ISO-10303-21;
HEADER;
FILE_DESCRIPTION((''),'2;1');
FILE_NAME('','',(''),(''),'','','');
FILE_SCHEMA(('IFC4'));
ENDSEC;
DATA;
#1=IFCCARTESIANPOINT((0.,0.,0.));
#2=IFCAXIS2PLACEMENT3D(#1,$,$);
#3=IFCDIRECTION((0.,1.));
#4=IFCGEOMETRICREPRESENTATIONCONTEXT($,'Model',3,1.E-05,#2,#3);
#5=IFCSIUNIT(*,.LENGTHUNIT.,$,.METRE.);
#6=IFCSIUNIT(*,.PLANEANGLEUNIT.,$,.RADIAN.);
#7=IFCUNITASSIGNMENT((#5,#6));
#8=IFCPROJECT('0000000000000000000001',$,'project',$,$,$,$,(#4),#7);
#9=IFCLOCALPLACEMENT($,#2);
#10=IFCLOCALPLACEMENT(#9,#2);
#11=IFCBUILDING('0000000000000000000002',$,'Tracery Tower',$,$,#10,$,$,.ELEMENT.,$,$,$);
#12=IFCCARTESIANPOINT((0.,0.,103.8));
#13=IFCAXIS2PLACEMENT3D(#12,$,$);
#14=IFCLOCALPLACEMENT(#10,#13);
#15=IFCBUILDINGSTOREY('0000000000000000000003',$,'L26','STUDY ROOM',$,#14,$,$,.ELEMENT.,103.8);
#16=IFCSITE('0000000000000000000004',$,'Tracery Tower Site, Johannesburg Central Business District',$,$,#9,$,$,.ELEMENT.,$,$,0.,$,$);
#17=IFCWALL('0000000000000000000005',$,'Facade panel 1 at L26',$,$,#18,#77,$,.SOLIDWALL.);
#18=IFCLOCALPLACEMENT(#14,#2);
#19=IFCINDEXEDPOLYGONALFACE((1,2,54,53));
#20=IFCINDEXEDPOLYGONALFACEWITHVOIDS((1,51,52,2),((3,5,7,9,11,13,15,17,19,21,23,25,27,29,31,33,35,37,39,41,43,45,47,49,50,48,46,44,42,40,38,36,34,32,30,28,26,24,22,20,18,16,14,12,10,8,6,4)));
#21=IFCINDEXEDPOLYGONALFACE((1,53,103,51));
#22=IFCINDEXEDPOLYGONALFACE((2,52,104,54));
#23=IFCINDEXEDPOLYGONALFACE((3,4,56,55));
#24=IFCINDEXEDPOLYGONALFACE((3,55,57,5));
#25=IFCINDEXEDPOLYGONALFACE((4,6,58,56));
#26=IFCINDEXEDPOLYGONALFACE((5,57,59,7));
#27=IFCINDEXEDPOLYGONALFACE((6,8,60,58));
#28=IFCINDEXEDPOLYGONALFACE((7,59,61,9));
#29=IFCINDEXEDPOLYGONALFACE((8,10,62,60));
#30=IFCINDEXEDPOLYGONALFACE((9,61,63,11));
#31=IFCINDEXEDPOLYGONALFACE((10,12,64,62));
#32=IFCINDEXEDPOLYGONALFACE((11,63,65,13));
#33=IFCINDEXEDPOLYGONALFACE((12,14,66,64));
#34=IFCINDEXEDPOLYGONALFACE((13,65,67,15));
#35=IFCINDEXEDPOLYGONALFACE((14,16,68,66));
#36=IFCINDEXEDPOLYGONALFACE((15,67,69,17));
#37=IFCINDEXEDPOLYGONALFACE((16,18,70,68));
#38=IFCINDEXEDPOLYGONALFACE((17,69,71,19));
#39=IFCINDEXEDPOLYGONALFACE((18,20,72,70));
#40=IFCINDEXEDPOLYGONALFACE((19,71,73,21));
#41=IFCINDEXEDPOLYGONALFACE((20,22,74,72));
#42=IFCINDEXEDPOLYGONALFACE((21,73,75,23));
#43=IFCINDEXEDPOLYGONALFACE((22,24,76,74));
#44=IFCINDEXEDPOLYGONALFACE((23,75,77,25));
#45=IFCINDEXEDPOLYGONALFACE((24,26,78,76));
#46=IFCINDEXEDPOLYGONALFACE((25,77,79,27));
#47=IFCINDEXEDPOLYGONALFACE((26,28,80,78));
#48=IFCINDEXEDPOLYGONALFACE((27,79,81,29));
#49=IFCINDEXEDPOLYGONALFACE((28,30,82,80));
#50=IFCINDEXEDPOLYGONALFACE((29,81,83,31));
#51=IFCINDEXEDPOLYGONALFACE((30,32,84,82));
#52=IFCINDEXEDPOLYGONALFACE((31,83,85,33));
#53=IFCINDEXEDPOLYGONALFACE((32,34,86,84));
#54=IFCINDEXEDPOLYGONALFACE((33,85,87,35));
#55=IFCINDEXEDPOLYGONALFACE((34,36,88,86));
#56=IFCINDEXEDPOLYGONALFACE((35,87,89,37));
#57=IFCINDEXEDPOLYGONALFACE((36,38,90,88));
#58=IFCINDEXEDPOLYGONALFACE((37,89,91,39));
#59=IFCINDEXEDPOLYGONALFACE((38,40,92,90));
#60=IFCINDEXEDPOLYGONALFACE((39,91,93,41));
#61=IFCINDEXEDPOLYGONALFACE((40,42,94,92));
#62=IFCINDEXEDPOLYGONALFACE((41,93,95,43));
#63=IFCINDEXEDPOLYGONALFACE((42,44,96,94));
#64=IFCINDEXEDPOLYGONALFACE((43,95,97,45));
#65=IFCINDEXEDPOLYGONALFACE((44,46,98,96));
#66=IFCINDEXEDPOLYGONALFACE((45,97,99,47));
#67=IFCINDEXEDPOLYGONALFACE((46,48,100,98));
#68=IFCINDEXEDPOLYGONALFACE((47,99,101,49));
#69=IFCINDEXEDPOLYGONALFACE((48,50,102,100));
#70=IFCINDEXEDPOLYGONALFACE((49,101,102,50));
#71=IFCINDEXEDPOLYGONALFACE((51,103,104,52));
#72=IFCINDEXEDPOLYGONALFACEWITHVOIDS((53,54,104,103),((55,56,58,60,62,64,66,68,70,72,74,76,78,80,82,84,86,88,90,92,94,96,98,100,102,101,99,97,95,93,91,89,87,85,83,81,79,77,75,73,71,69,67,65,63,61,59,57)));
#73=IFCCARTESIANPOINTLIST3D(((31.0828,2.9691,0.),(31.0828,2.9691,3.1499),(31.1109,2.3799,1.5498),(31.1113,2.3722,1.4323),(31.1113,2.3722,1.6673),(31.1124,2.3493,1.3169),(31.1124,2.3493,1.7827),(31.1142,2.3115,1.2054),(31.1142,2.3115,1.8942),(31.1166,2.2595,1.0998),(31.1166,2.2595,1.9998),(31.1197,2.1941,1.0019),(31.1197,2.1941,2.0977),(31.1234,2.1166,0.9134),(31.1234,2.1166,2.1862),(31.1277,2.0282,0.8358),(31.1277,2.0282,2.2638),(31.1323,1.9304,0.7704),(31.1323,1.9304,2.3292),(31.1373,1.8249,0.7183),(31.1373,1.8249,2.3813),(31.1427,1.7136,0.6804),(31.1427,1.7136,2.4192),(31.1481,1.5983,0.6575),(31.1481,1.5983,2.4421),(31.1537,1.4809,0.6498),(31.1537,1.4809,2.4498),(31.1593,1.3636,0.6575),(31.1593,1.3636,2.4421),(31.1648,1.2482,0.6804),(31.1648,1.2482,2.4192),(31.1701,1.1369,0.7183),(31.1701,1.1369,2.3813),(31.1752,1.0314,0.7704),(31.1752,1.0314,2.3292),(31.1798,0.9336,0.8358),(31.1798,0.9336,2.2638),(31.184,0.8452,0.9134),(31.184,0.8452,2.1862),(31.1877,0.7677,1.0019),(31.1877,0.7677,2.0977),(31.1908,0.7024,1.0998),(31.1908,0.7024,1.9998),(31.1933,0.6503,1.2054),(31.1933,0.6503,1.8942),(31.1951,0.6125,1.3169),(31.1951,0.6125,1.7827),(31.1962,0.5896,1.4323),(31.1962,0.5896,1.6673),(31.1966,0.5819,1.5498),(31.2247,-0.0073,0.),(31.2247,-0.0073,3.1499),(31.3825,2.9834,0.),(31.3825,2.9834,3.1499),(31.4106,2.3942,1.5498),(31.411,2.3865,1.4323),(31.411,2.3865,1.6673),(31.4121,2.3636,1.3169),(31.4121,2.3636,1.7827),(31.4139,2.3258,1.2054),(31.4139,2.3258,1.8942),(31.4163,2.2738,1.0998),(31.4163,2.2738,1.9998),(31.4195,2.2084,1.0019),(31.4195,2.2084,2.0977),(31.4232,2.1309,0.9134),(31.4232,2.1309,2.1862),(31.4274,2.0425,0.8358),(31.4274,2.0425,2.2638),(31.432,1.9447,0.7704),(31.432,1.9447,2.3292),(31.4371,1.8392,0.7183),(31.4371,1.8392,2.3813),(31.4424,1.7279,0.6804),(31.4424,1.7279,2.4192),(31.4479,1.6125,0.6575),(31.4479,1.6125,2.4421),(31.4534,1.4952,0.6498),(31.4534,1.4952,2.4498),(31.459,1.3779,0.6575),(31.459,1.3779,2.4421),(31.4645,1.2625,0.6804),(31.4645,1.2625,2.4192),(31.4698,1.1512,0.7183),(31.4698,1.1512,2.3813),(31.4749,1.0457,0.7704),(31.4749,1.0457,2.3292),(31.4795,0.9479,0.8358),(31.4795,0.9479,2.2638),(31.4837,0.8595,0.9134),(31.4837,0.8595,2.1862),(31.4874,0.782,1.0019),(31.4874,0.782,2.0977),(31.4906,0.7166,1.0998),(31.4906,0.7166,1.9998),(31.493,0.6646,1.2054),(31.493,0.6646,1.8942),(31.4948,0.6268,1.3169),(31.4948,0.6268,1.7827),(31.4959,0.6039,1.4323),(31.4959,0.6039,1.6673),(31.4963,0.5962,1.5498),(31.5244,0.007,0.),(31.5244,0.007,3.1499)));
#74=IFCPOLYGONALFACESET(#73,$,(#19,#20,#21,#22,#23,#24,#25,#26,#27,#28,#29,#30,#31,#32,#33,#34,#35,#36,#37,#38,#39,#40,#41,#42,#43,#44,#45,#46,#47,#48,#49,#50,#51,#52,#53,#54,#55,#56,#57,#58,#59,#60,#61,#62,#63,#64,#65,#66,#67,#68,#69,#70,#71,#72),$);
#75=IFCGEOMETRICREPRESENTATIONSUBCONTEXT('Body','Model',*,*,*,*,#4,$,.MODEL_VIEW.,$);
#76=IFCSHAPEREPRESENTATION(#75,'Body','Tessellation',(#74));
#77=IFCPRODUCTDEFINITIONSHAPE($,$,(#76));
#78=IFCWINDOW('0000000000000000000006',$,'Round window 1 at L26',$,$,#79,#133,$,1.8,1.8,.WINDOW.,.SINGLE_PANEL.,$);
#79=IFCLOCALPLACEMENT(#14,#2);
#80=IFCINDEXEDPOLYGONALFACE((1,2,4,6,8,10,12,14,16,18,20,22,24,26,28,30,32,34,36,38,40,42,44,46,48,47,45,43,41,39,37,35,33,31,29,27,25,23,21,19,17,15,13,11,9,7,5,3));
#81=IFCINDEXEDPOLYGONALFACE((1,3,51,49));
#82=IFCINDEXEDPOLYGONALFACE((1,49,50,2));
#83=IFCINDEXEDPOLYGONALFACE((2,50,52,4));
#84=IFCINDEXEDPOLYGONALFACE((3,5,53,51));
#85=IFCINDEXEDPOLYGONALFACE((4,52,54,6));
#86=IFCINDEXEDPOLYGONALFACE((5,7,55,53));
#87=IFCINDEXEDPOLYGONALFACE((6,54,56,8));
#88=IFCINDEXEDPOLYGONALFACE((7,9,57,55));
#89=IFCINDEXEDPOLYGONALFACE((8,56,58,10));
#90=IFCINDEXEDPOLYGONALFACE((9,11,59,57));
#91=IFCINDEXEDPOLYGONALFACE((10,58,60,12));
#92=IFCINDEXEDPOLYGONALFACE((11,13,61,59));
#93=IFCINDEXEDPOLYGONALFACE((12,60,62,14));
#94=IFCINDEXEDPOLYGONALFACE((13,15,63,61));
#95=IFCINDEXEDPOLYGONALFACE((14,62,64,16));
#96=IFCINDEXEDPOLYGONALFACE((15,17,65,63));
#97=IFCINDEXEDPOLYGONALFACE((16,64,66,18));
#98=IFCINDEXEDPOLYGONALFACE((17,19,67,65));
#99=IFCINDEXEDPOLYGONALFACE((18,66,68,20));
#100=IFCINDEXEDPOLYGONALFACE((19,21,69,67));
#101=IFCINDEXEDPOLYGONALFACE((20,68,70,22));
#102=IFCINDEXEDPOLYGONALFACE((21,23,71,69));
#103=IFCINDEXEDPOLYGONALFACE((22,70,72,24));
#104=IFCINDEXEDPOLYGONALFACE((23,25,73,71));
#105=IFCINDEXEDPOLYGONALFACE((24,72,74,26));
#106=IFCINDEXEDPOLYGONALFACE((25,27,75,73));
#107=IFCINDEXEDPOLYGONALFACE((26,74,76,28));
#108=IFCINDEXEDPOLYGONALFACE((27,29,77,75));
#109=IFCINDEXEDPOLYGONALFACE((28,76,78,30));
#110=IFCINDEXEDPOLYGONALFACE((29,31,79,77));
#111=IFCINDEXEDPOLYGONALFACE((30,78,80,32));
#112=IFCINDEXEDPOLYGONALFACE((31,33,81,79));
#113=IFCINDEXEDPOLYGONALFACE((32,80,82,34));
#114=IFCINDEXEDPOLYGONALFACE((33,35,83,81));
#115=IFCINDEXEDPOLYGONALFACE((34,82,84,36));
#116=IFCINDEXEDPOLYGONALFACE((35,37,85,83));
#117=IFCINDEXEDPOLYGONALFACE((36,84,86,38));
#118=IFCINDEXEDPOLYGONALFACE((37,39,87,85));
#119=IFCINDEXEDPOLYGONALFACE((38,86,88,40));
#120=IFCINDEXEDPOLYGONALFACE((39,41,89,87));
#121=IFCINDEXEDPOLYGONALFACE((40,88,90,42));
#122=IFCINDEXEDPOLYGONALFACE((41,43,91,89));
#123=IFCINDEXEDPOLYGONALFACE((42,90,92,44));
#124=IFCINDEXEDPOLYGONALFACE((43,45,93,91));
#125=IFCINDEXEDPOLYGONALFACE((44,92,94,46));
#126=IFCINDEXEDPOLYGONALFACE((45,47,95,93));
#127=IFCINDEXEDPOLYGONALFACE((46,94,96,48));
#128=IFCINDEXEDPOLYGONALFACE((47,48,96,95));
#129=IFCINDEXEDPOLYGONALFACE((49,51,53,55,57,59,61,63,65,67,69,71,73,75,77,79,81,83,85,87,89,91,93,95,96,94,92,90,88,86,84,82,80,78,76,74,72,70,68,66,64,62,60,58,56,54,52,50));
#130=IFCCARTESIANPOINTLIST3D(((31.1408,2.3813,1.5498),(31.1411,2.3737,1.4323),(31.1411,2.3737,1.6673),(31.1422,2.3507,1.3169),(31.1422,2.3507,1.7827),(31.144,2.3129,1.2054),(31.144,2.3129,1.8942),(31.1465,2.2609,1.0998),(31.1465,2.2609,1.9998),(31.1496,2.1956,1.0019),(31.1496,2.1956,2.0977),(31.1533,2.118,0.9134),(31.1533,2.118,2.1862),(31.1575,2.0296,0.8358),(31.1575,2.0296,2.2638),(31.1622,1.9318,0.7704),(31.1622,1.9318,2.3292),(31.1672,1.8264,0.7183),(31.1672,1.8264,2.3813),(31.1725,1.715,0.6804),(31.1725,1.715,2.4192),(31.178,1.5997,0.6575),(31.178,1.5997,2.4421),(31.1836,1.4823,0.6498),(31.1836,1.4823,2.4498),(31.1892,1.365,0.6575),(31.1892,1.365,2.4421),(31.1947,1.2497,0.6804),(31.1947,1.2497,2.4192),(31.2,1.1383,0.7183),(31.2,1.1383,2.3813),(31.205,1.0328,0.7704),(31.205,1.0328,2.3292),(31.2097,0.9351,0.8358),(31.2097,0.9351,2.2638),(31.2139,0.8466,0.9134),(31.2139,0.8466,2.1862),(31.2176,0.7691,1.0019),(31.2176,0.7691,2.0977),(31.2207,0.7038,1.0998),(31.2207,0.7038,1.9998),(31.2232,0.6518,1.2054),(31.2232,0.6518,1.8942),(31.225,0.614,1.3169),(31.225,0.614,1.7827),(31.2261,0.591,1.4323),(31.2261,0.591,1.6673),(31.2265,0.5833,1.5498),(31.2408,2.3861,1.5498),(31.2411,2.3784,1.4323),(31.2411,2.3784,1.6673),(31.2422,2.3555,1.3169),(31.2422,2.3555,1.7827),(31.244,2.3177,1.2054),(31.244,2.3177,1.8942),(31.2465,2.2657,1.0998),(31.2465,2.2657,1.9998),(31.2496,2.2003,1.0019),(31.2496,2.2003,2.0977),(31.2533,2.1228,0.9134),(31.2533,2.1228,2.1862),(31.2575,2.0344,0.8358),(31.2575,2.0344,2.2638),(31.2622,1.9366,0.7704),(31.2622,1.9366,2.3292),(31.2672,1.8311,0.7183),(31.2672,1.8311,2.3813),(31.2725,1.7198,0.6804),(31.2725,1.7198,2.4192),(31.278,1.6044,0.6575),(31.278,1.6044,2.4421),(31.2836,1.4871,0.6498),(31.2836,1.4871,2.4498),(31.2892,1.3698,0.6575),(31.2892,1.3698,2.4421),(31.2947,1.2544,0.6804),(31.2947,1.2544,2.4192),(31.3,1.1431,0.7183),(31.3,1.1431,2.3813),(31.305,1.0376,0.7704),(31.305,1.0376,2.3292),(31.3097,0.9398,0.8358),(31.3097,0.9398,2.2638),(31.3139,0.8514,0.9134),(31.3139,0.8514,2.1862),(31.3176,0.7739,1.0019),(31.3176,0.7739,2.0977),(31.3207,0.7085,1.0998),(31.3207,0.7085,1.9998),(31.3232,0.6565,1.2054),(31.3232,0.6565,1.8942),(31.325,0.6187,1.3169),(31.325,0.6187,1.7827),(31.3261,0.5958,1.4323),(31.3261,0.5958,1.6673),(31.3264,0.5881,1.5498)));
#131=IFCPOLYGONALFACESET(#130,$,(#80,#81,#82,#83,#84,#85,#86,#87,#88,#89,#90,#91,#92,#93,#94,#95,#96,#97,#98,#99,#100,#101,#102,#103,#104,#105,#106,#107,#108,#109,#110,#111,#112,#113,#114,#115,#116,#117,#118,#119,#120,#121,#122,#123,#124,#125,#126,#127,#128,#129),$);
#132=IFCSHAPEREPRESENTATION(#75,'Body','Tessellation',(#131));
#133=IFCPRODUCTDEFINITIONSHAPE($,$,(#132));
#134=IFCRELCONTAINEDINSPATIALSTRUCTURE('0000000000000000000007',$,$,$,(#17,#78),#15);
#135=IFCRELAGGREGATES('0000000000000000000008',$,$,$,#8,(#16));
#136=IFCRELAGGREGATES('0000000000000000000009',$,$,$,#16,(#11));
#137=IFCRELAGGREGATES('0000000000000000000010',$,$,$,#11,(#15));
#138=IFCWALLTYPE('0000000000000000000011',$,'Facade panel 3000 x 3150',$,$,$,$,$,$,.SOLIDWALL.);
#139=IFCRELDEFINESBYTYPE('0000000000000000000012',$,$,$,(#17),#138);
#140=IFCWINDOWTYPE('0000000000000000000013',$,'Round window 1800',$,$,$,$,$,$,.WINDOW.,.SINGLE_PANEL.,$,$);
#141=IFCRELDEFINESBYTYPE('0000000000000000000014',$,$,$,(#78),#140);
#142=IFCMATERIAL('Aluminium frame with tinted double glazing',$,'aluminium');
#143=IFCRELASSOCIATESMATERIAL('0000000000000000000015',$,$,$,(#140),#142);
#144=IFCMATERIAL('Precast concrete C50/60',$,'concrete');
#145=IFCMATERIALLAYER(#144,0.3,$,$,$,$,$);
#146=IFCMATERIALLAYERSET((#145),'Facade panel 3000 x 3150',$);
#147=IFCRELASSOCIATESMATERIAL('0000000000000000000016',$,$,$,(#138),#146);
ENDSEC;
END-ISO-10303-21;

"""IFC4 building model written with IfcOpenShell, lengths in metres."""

from ifc_helpers import new_model, si_unit, direction, frame, frame_2d, origin, origin_2d, place, context, subcontext, project, spatial, rectangle, circle, extrude, material, layer, layer_set, type_object, element, fill, save


model = new_model("IFC4")

# Units and contexts
model_context = context("Model", 3, precision=1e-05, world=origin(), true_north=direction((0.0, 1.0)))
body_context = subcontext(model_context, "Body", "Model", "MODEL_VIEW")
ifc_project = project(units=[si_unit("LENGTHUNIT", "METRE"), si_unit("PLANEANGLEUNIT", "RADIAN")], contexts=[model_context])

# Site, building, storey
site_placement = place(None, origin())
site = spatial("IfcSite", under=ifc_project, at=site_placement, Name="Tracery Tower Site, Johannesburg Central Business District", CompositionType="ELEMENT", RefElevation=0.0)
building_placement = place(site_placement, origin())
building = spatial("IfcBuilding", under=site, at=building_placement, Name="Tracery Tower", CompositionType="ELEMENT")
storey_placement = place(building_placement, frame((0.0, 0.0, 103.8)))
storey = spatial("IfcBuildingStorey", under=building, at=storey_placement, Name="L26", Description="STUDY ROOM", CompositionType="ELEMENT", Elevation=103.8)

# Wall, opening, window
ifc_material_1 = material(Name="Aluminium frame with tinted double glazing", Category="aluminium")
window_type = type_object("IfcWindowType", Name="Round window 1800", PartitioningType="SINGLE_PANEL", PredefinedType="WINDOW", material=ifc_material_1)
ifc_material_2 = material(Name="Precast concrete C50/60", Category="concrete")
ifc_layer_1 = layer(ifc_material_2, 0.3)
ifc_layer_set_1 = layer_set([ifc_layer_1], Name="Facade panel 3000 x 3150")
wall_type_1 = type_object("IfcWallType", Name="Facade panel 3000 x 3150", PredefinedType="SOLIDWALL", material=ifc_layer_set_1)
wall_1_placement = place(storey_placement, frame((31.3745, 0.0, 0.0), z_axis=(0.0, 0.0, 1.0), x_axis=(-0.047604, 0.998866, 0.0)))
wall_1 = element("IfcWall", 1, at=wall_1_placement, inside=storey, type_object=wall_type_1, Name="Facade panel 1 at L26", PredefinedType="SOLIDWALL", context=body_context, shape_type="SweptSolid", body=[
    extrude(rectangle(XDim=2.9797, YDim=0.3, at=frame_2d((1.4897, 0.0))), origin(), (0.0, 0.0, 1.0), 3.1499),
])
opening_1_placement = place(wall_1_placement, frame((1.4897, 0.0, 1.5498)))
opening_1 = element("IfcOpeningElement", 2, at=opening_1_placement, cuts=wall_1, PredefinedType="OPENING", context=body_context, shape_type="SweptSolid", body=[
    extrude(circle(Radius=0.9, at=origin_2d()), frame((0.0, 0.1599, 0.0), z_axis=(0.0, -1.0, 0.0), x_axis=(1.0, 0.0, 0.0)), (0.0, 0.0, 1.0), 0.3201),
])
window_1_placement = place(opening_1_placement, origin())
window_1 = element("IfcWindow", 3, at=window_1_placement, inside=storey, type_object=window_type, Name="Round window 1 at L26", OverallHeight=1.8, OverallWidth=1.8, PartitioningType="SINGLE_PANEL", PredefinedType="WINDOW", context=body_context, shape_type="SweptSolid", body=[
    extrude(circle(Radius=0.9, at=origin_2d()), frame((0.0, 0.1201, 0.0), z_axis=(0.0, -1.0, 0.0), x_axis=(1.0, 0.0, 0.0)), (0.0, 0.0, 1.0), 0.1001),
])
fill(opening_1, window_1)

save(model, "model.ifc")
